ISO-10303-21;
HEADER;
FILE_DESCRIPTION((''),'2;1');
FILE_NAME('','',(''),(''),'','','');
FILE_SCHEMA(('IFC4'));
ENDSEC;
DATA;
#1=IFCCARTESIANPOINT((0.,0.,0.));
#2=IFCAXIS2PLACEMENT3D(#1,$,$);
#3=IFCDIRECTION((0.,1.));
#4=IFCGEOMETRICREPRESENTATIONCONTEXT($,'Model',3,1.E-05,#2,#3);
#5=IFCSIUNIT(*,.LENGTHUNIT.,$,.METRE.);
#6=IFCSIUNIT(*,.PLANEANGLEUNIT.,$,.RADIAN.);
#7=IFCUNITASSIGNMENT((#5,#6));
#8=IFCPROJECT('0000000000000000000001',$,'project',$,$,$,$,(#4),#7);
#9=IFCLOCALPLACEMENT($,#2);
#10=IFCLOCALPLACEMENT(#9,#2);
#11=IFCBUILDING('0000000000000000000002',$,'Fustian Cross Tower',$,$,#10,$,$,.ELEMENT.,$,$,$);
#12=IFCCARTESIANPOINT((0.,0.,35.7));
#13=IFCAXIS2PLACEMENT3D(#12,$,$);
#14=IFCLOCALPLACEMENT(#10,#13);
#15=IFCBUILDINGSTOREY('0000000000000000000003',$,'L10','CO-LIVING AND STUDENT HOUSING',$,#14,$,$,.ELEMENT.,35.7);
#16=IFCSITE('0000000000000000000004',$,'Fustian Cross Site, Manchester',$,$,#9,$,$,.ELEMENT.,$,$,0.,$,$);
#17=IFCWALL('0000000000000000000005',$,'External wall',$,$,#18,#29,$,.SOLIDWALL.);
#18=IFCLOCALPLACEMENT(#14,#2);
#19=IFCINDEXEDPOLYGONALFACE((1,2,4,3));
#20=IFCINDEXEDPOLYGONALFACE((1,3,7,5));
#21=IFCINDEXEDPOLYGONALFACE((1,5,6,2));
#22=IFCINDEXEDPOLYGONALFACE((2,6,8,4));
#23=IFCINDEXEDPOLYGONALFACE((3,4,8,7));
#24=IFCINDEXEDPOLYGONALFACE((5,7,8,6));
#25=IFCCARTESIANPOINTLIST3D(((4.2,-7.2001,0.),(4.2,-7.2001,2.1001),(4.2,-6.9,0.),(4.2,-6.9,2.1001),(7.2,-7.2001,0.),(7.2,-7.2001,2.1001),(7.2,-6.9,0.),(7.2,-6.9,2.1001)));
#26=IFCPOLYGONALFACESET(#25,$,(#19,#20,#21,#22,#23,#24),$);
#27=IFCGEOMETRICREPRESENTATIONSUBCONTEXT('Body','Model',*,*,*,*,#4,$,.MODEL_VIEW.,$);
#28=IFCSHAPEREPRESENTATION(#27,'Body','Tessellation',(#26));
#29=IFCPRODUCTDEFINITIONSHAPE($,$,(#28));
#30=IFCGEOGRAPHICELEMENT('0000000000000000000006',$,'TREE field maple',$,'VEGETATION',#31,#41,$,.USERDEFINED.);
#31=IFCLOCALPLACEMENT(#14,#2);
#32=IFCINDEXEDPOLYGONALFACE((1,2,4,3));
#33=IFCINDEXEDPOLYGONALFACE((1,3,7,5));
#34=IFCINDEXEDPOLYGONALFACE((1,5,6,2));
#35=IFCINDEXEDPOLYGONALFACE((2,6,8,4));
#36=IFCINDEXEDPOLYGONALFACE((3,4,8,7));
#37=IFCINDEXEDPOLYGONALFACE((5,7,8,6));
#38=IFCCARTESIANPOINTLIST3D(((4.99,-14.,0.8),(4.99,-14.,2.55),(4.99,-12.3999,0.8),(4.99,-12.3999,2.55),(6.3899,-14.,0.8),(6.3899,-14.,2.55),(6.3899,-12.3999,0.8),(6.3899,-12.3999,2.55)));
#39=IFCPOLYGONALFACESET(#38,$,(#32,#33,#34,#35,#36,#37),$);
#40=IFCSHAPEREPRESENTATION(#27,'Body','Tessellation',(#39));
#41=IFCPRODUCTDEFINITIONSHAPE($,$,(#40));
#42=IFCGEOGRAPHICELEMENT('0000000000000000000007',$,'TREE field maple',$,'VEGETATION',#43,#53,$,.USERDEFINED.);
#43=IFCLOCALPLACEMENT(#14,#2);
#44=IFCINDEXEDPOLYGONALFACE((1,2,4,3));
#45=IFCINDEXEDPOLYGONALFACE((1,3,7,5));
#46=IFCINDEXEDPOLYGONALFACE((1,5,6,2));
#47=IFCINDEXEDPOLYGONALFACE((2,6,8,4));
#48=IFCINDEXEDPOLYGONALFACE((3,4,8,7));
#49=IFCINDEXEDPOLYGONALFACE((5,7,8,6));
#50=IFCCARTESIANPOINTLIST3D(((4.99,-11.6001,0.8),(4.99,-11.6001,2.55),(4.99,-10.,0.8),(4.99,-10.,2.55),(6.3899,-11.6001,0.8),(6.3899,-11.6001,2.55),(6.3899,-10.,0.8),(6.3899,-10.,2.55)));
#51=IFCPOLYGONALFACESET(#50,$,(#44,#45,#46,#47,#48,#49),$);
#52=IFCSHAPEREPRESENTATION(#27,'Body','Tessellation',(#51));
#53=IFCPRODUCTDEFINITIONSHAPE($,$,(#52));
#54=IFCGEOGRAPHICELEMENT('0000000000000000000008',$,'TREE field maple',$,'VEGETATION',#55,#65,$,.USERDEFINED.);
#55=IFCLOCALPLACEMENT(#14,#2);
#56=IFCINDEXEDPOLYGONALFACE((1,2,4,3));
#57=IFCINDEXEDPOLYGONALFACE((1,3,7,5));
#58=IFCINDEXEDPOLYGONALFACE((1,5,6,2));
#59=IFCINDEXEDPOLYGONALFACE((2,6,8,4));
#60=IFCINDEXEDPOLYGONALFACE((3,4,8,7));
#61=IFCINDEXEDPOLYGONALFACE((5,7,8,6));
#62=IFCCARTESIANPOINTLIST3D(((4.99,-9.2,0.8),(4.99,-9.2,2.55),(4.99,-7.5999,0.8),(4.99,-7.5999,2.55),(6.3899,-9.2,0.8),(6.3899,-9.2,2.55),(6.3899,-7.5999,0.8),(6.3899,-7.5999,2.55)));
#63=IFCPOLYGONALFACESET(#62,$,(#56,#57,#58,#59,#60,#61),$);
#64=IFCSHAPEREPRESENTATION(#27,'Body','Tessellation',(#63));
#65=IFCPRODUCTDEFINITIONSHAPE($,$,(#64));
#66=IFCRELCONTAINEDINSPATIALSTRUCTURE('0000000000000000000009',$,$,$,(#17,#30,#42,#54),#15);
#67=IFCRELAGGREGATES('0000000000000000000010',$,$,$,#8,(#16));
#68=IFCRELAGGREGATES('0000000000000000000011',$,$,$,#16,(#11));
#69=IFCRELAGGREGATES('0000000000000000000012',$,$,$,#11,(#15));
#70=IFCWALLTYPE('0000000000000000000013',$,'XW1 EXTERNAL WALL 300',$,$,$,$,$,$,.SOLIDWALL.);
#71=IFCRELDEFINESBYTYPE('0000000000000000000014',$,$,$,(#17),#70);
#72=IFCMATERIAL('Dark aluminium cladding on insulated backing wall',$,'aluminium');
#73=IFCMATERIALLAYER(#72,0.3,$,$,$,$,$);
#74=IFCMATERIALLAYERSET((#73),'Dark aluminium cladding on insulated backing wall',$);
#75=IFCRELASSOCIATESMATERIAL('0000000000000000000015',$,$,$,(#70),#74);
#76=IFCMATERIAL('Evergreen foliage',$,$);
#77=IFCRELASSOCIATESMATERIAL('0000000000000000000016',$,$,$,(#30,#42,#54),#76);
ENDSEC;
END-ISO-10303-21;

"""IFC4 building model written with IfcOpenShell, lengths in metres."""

from ifc_helpers import new_model, si_unit, direction, frame, frame_2d, origin, origin_2d, place, context, subcontext, project, spatial, rectangle, extrude, material, layer, layer_set, type_object, element, save


model = new_model("IFC4")

# Units and contexts
model_context = context("Model", 3, precision=1e-05, world=origin(), true_north=direction((0.0, 1.0)))
body_context = subcontext(model_context, "Body", "Model", "MODEL_VIEW")
ifc_project = project(units=[si_unit("LENGTHUNIT", "METRE"), si_unit("PLANEANGLEUNIT", "RADIAN")], contexts=[model_context])

# Site, building, storey
site_placement = place(None, origin())
site = spatial("IfcSite", under=ifc_project, at=site_placement, Name="Fustian Cross Site, Manchester", CompositionType="ELEMENT", RefElevation=0.0)
building_placement = place(site_placement, origin())
building = spatial("IfcBuilding", under=site, at=building_placement, Name="Fustian Cross Tower", CompositionType="ELEMENT")
storey_placement = place(building_placement, frame((0.0, 0.0, 35.7)))
storey = spatial("IfcBuildingStorey", under=building, at=storey_placement, Name="L10", Description="CO-LIVING AND STUDENT HOUSING", CompositionType="ELEMENT", Elevation=35.7)

# Shared definitions
ifc_material_1 = material(Name="Dark aluminium cladding on insulated backing wall", Category="aluminium")
ifc_layer_1 = layer(ifc_material_1, 0.3)
ifc_layer_set_1 = layer_set([ifc_layer_1], Name="Dark aluminium cladding on insulated backing wall")
wall_type_1 = type_object("IfcWallType", Name="XW1 EXTERNAL WALL 300", PredefinedType="SOLIDWALL", material=ifc_layer_set_1)

# Wall
wall_1_placement = place(storey_placement, frame((4.2, -7.05, 0.0), z_axis=(0.0, 0.0, 1.0), x_axis=(1.0, 0.0, 0.0)))
element("IfcWall", 1, at=wall_1_placement, inside=storey, type_object=wall_type_1, Name="External wall", PredefinedType="SOLIDWALL", context=body_context, shape_type="SweptSolid", body=[
    extrude(rectangle(XDim=3.0, YDim=0.3, at=frame_2d((1.5, 0.0))), origin(), (0.0, 0.0, 1.0), 2.1001),
])

# Geographic elements
ifc_material_2 = material(Name="Evergreen foliage")
for number, where, z_axis, x_axis, name in (
    (2, (5.6899, -13.2, 0.8), (0.0, 0.0, 1.0), (1.0, 0.0, 0.0), "TREE field maple"),
    (3, (5.6899, -10.8, 0.8), (0.0, 0.0, 1.0), (1.0, 0.0, 0.0), "TREE field maple"),
    (4, (5.6899, -8.3999, 0.8), (0.0, 0.0, 1.0), (1.0, 0.0, 0.0), "TREE field maple"),
):
    element("IfcGeographicElement", number, at=place(storey_placement, frame(where, z_axis=z_axis, x_axis=x_axis)), inside=storey, material=ifc_material_2, Name=name, ObjectType="VEGETATION", PredefinedType="USERDEFINED", context=body_context, shape_type="SweptSolid", body=[
        extrude(rectangle(XDim=1.3999, YDim=1.6001, at=origin_2d()), origin(), (0.0, 0.0, 1.0), 1.75),
    ])

save(model, "model.ifc")
